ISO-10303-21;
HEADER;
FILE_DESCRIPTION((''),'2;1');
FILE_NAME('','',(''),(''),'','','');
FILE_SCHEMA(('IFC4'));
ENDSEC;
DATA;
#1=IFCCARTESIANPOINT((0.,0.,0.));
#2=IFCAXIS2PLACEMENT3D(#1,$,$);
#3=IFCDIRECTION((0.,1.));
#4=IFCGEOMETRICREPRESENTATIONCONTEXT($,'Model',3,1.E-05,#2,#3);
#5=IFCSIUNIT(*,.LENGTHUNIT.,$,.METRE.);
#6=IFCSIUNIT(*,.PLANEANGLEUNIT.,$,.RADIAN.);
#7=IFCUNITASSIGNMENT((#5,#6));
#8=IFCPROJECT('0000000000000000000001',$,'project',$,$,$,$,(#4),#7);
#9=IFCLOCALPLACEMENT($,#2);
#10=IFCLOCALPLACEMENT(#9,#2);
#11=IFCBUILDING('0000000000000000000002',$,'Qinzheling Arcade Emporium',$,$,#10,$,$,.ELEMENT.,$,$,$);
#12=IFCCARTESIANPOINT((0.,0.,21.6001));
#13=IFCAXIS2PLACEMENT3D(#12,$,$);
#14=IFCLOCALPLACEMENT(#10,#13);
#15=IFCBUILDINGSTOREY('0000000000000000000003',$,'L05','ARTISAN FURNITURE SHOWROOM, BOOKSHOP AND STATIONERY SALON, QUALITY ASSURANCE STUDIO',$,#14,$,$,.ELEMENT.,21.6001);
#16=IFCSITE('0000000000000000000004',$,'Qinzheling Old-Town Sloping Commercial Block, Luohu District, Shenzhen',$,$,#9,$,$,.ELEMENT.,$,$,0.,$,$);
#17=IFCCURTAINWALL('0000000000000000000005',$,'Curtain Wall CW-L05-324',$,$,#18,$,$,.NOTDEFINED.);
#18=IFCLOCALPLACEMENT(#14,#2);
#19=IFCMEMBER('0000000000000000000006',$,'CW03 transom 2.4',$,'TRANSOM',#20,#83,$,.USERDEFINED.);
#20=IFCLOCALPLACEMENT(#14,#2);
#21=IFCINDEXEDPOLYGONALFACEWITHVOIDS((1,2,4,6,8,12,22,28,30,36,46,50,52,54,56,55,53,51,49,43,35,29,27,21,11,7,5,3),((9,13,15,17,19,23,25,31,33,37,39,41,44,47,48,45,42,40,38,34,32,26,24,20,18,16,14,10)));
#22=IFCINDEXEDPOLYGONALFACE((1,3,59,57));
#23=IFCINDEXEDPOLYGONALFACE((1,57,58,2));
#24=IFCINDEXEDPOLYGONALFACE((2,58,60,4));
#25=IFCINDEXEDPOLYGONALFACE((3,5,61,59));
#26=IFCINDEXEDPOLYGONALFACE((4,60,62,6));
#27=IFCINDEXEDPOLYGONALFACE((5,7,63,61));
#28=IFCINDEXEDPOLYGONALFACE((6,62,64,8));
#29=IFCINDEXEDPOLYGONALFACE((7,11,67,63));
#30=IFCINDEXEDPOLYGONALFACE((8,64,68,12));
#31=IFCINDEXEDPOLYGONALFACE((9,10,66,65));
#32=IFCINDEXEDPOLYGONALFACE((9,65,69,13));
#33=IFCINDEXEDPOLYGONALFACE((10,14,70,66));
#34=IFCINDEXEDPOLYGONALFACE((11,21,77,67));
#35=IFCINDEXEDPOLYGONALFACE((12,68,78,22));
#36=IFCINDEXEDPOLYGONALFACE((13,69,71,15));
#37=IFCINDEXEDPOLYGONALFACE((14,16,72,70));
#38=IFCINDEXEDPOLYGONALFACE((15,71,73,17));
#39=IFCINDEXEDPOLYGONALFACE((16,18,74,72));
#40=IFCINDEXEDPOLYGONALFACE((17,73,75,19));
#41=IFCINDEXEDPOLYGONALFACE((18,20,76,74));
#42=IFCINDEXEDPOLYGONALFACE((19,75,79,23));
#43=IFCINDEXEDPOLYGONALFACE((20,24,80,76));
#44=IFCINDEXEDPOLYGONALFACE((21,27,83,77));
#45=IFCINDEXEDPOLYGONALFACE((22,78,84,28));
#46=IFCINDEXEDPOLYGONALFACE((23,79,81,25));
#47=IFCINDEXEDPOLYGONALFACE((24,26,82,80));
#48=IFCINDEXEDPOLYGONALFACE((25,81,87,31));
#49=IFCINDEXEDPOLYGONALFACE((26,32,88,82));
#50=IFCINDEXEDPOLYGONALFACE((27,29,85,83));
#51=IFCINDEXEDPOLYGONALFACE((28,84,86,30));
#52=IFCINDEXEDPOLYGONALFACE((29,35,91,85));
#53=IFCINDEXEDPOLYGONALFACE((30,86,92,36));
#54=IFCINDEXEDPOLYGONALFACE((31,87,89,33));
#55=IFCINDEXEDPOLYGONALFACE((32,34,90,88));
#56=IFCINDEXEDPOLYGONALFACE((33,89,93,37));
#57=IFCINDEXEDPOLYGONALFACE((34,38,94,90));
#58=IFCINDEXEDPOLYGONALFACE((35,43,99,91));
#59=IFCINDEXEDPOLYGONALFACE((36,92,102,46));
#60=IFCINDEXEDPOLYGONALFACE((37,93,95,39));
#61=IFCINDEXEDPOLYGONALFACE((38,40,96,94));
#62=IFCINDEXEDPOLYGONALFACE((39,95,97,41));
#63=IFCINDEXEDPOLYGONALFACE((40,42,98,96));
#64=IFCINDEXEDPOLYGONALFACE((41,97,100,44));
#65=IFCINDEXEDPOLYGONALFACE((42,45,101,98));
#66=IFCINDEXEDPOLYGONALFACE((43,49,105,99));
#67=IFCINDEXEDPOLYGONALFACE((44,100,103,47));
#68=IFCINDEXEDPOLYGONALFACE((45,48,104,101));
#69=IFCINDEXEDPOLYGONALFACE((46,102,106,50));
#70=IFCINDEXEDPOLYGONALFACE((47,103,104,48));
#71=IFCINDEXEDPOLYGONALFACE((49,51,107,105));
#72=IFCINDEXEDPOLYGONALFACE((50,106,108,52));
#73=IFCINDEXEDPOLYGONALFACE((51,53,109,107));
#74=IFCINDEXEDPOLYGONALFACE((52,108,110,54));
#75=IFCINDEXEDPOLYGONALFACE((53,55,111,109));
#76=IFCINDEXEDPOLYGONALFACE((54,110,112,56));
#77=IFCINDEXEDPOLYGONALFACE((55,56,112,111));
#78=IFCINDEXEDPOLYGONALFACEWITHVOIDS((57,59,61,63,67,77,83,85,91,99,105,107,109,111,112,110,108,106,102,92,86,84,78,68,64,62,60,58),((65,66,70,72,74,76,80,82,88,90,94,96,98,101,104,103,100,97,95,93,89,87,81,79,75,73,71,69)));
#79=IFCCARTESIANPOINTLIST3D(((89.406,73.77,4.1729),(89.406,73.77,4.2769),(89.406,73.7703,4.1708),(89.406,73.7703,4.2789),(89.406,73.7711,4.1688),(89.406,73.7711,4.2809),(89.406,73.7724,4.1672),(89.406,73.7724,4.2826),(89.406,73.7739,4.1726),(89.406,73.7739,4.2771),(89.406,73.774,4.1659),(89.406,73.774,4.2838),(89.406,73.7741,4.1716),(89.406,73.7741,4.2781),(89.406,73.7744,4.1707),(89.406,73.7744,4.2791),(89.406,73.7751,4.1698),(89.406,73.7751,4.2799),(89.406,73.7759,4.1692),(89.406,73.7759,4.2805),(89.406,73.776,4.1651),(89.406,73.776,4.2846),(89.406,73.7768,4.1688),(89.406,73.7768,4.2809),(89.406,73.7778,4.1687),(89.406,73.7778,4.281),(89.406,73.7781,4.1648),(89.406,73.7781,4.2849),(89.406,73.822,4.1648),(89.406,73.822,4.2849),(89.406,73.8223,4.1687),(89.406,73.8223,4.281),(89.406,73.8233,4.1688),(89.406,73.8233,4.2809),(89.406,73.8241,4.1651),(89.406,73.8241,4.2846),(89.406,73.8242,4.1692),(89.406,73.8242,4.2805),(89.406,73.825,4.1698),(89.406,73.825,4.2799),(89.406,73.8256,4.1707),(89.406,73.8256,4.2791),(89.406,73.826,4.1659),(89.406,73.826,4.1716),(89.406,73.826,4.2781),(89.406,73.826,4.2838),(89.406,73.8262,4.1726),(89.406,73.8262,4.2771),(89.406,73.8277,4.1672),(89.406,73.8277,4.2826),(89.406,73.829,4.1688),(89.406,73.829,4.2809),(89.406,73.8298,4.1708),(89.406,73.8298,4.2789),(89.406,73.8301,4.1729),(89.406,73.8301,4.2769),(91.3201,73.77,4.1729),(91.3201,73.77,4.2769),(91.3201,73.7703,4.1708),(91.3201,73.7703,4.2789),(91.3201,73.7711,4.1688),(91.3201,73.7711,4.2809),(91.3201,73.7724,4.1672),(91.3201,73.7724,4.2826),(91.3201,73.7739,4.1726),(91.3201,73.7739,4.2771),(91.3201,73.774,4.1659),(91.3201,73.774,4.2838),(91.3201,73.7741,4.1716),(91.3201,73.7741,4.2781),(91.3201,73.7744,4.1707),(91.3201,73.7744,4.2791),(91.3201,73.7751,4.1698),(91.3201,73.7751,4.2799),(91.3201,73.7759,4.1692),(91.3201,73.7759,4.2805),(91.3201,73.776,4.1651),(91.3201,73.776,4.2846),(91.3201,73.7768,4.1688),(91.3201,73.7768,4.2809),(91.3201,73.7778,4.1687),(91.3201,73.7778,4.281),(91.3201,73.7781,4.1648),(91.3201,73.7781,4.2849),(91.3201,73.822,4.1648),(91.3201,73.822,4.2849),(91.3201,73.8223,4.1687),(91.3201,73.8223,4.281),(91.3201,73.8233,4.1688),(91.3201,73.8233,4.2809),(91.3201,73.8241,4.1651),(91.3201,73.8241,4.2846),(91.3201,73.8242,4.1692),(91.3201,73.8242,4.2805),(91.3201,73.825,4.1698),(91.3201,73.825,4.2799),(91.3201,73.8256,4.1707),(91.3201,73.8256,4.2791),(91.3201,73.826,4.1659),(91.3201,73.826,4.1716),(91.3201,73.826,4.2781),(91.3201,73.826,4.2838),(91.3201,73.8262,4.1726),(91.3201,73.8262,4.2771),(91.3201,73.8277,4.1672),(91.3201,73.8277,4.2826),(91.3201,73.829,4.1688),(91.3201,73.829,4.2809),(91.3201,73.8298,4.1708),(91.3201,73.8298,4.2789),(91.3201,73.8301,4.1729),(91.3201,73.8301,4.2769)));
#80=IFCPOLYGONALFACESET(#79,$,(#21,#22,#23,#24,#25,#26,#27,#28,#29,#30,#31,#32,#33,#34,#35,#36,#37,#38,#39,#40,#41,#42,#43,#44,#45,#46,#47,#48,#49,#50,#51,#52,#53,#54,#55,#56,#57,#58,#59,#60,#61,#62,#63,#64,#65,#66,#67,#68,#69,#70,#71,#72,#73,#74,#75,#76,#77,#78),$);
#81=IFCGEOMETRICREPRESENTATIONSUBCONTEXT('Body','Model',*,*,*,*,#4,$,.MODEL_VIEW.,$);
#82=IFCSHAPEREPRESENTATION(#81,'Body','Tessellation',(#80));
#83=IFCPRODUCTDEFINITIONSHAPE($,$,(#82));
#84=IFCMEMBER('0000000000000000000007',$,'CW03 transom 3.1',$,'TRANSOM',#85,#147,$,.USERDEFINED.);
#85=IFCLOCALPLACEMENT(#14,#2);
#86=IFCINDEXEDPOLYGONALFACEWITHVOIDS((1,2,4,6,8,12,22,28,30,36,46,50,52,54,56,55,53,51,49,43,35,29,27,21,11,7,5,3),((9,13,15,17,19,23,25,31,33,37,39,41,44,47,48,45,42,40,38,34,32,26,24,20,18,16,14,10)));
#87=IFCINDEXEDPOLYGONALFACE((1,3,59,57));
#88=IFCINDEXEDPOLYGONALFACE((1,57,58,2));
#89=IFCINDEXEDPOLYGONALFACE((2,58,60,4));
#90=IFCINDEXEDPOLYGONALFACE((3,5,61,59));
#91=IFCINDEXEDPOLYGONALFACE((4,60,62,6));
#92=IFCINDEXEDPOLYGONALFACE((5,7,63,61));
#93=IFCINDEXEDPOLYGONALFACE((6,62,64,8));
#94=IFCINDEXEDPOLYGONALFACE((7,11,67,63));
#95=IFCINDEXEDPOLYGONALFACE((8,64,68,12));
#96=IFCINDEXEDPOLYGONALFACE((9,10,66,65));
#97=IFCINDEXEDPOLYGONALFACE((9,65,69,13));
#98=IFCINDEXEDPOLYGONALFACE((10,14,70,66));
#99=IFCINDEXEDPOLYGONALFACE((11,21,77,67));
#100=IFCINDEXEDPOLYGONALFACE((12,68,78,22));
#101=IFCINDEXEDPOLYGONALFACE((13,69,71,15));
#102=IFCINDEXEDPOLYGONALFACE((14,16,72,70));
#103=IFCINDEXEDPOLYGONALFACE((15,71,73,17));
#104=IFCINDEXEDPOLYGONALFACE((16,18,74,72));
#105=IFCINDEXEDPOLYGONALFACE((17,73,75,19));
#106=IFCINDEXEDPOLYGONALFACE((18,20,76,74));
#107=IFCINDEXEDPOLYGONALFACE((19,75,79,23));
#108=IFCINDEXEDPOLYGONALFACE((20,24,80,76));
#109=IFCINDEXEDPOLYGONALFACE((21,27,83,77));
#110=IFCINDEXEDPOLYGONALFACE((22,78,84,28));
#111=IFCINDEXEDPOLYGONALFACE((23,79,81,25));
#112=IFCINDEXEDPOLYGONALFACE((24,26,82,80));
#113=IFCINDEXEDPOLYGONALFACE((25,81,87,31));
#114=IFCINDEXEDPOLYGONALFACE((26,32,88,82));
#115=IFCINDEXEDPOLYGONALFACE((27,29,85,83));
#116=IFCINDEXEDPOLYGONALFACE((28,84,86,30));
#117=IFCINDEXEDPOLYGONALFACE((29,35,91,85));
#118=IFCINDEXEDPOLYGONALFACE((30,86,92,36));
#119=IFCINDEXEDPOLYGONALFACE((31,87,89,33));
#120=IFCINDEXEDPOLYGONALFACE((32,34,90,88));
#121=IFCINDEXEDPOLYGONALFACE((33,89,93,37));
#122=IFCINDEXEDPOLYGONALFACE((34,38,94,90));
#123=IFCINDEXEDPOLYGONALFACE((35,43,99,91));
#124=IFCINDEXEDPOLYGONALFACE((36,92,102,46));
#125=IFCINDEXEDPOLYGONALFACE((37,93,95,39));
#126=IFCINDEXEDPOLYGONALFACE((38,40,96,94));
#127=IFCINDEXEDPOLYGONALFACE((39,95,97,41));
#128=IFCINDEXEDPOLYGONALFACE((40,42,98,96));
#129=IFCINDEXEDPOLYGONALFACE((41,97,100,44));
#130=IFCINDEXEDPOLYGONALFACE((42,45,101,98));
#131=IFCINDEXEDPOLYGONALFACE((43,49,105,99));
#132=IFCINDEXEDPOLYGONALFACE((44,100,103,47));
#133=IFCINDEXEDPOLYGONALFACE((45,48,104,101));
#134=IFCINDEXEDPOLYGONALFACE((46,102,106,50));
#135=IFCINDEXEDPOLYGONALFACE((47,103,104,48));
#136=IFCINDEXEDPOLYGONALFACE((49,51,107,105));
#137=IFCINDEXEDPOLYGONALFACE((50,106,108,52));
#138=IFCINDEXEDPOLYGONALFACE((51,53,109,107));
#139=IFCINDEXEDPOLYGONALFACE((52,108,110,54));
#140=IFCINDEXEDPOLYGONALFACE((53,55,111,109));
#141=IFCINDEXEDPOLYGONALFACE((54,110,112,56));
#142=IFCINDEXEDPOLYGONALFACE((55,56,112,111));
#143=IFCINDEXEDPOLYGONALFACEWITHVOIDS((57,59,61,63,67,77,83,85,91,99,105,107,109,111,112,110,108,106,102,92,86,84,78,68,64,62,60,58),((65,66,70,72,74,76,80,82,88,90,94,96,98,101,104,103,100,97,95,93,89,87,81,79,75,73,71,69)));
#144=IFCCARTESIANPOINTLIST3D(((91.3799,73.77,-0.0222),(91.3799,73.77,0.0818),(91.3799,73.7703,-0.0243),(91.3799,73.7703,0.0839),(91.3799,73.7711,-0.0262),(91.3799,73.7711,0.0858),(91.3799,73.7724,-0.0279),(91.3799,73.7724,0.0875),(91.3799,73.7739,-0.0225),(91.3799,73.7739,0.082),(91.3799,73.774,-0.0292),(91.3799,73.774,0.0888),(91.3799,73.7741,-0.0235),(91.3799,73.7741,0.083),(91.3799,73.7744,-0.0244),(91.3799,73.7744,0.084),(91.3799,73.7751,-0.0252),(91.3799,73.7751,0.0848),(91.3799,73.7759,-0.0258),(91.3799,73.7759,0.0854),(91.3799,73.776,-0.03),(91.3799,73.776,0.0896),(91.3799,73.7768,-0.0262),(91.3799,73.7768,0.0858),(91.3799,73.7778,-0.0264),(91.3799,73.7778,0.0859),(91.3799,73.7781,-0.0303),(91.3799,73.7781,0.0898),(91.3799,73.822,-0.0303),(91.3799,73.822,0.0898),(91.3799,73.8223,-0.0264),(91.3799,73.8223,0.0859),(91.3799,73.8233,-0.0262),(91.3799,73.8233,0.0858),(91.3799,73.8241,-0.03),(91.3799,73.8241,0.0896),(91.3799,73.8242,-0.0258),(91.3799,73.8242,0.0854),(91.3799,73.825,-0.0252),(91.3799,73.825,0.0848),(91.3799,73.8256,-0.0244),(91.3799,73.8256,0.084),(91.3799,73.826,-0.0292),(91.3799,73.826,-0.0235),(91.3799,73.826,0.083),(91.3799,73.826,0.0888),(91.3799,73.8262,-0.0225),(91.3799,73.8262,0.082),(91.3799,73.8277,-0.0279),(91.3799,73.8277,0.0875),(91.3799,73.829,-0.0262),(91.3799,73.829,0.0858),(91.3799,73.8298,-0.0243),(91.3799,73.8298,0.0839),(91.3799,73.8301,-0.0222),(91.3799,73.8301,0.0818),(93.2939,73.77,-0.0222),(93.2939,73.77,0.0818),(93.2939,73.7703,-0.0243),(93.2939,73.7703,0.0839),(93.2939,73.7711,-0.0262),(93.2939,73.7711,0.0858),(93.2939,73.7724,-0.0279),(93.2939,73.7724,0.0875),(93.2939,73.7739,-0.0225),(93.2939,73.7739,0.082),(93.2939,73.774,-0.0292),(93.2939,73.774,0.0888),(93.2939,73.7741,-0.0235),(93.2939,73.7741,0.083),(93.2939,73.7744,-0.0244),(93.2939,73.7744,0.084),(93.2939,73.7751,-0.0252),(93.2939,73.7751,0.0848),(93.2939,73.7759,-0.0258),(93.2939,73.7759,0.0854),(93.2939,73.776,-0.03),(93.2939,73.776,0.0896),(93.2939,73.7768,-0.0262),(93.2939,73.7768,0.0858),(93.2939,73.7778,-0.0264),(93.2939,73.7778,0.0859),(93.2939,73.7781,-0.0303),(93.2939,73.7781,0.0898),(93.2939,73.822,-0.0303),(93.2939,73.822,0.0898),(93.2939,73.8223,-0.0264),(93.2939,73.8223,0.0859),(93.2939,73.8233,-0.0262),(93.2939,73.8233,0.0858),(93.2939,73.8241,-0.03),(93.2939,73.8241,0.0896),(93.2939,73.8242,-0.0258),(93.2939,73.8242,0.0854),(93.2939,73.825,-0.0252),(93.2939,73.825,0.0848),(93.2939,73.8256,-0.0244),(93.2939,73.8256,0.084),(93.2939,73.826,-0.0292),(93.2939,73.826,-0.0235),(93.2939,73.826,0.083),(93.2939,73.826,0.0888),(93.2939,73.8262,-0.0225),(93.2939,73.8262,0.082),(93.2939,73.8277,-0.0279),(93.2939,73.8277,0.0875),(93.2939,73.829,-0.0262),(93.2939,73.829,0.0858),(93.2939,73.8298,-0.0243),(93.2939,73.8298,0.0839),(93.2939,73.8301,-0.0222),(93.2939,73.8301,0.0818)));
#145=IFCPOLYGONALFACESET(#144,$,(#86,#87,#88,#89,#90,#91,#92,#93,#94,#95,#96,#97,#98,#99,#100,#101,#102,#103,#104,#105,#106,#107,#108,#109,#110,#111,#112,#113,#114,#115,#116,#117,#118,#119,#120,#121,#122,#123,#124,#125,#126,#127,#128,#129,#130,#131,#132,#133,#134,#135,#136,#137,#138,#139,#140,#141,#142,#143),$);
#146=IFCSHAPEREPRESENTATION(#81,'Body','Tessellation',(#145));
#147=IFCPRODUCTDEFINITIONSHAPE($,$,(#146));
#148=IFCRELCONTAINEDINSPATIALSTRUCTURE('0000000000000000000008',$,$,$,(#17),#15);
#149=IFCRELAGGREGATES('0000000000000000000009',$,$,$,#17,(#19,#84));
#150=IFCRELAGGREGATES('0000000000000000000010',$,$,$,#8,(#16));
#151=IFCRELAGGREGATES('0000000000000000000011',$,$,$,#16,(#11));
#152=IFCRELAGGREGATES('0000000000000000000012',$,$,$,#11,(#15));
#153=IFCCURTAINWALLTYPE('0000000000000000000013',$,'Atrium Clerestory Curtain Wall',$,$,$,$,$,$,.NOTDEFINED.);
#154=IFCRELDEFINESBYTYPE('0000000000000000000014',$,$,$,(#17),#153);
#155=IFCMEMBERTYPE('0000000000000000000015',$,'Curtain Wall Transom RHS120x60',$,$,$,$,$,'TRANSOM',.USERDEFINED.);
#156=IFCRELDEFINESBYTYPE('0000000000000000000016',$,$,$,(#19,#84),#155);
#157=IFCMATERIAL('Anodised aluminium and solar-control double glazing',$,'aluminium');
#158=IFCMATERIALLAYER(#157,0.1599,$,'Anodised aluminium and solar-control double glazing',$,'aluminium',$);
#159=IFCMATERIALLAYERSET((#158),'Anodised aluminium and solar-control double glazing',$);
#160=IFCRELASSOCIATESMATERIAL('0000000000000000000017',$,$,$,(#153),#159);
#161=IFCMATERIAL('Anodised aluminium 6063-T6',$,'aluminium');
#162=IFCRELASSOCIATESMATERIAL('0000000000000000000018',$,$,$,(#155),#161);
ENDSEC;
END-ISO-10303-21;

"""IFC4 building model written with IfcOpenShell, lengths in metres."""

from ifc_helpers import new_model, si_unit, direction, frame, origin, origin_2d, place, context, subcontext, project, spatial, hollow_rectangle, extrude, material, layer, layer_set, material_profile, profile_set, type_object, element, aggregate, save


model = new_model("IFC4")

# Units and contexts
model_context = context("Model", 3, precision=1e-05, world=origin(), true_north=direction((0.0, 1.0)))
body_context = subcontext(model_context, "Body", "Model", "MODEL_VIEW")
ifc_project = project(units=[si_unit("LENGTHUNIT", "METRE"), si_unit("PLANEANGLEUNIT", "RADIAN")], contexts=[model_context])

# Site, building, storey
site_placement = place(None, origin())
site = spatial("IfcSite", under=ifc_project, at=site_placement, Name="Qinzheling Old-Town Sloping Commercial Block, Luohu District, Shenzhen", CompositionType="ELEMENT", RefElevation=0.0)
building_placement = place(site_placement, origin())
building = spatial("IfcBuilding", under=site, at=building_placement, Name="Qinzheling Arcade Emporium", CompositionType="ELEMENT")
storey_placement = place(building_placement, frame((0.0, 0.0, 21.6001)))
storey = spatial("IfcBuildingStorey", under=building, at=storey_placement, Name="L05", Description="ARTISAN FURNITURE SHOWROOM, BOOKSHOP AND STATIONERY SALON, QUALITY ASSURANCE STUDIO", CompositionType="ELEMENT", Elevation=21.6001)

# Curtain wall
ifc_material_1 = material(Name="Anodised aluminium and solar-control double glazing", Category="aluminium")
ifc_layer_1 = layer(ifc_material_1, 0.1599, Name="Anodised aluminium and solar-control double glazing", Category="aluminium")
ifc_layer_set_1 = layer_set([ifc_layer_1], Name="Anodised aluminium and solar-control double glazing")
curtain_wall_type = type_object("IfcCurtainWallType", Name="Atrium Clerestory Curtain Wall", PredefinedType="NOTDEFINED", material=ifc_layer_set_1)
curtain_wall_1_placement = place(storey_placement, origin())
curtain_wall_1 = element("IfcCurtainWall", 1, at=curtain_wall_1_placement, inside=storey, type_object=curtain_wall_type, Name="Curtain Wall CW-L05-324", PredefinedType="NOTDEFINED")
ifc_material_2 = material(Name="Anodised aluminium 6063-T6", Category="aluminium")

# Members
ifc_material_profile_1 = material_profile(ifc_material_2, hollow_rectangle(XDim=0.0601, YDim=0.1201, WallThickness=0.0039, InnerFilletRadius=0.0039, OuterFilletRadius=0.0081, at=origin_2d()), Name="RHS 120x60x4", Category="aluminium")
ifc_profile_set_1 = profile_set([ifc_material_profile_1], Name="Anodised aluminium 6063-T6")
member_type_1 = type_object("IfcMemberType", Name="Curtain Wall Transom RHS120x60", ElementType="TRANSOM", PredefinedType="USERDEFINED", material=ifc_profile_set_1)
member_1_placement = place(storey_placement, frame((89.406, 73.8, 4.2249), z_axis=(1.0, 0.0, 0.0), x_axis=(0.0, 1.0, 0.0)))
member_1 = element("IfcMember", 2, at=member_1_placement, type_object=member_type_1, Name="CW03 transom 2.4", ObjectType="TRANSOM", PredefinedType="USERDEFINED", context=body_context, shape_type="SweptSolid", body=[
    extrude(hollow_rectangle(XDim=0.0601, YDim=0.1201, WallThickness=0.0039, InnerFilletRadius=0.0039, OuterFilletRadius=0.0081, at=origin_2d()), origin(), (0.0, 0.0, 1.0), 1.9141),
])
member_2_placement = place(storey_placement, frame((91.3799, 73.8, 0.0298), z_axis=(1.0, 0.0, 0.0), x_axis=(0.0, 1.0, 0.0)))
member_2 = element("IfcMember", 3, at=member_2_placement, type_object=member_type_1, Name="CW03 transom 3.1", ObjectType="TRANSOM", PredefinedType="USERDEFINED", context=body_context, shape_type="SweptSolid", body=[
    extrude(hollow_rectangle(XDim=0.0601, YDim=0.1201, WallThickness=0.0039, InnerFilletRadius=0.0039, OuterFilletRadius=0.0081, at=origin_2d()), origin(), (0.0, 0.0, 1.0), 1.9141),
])

aggregate(curtain_wall_1, [member_1, member_2])

save(model, "model.ifc")
